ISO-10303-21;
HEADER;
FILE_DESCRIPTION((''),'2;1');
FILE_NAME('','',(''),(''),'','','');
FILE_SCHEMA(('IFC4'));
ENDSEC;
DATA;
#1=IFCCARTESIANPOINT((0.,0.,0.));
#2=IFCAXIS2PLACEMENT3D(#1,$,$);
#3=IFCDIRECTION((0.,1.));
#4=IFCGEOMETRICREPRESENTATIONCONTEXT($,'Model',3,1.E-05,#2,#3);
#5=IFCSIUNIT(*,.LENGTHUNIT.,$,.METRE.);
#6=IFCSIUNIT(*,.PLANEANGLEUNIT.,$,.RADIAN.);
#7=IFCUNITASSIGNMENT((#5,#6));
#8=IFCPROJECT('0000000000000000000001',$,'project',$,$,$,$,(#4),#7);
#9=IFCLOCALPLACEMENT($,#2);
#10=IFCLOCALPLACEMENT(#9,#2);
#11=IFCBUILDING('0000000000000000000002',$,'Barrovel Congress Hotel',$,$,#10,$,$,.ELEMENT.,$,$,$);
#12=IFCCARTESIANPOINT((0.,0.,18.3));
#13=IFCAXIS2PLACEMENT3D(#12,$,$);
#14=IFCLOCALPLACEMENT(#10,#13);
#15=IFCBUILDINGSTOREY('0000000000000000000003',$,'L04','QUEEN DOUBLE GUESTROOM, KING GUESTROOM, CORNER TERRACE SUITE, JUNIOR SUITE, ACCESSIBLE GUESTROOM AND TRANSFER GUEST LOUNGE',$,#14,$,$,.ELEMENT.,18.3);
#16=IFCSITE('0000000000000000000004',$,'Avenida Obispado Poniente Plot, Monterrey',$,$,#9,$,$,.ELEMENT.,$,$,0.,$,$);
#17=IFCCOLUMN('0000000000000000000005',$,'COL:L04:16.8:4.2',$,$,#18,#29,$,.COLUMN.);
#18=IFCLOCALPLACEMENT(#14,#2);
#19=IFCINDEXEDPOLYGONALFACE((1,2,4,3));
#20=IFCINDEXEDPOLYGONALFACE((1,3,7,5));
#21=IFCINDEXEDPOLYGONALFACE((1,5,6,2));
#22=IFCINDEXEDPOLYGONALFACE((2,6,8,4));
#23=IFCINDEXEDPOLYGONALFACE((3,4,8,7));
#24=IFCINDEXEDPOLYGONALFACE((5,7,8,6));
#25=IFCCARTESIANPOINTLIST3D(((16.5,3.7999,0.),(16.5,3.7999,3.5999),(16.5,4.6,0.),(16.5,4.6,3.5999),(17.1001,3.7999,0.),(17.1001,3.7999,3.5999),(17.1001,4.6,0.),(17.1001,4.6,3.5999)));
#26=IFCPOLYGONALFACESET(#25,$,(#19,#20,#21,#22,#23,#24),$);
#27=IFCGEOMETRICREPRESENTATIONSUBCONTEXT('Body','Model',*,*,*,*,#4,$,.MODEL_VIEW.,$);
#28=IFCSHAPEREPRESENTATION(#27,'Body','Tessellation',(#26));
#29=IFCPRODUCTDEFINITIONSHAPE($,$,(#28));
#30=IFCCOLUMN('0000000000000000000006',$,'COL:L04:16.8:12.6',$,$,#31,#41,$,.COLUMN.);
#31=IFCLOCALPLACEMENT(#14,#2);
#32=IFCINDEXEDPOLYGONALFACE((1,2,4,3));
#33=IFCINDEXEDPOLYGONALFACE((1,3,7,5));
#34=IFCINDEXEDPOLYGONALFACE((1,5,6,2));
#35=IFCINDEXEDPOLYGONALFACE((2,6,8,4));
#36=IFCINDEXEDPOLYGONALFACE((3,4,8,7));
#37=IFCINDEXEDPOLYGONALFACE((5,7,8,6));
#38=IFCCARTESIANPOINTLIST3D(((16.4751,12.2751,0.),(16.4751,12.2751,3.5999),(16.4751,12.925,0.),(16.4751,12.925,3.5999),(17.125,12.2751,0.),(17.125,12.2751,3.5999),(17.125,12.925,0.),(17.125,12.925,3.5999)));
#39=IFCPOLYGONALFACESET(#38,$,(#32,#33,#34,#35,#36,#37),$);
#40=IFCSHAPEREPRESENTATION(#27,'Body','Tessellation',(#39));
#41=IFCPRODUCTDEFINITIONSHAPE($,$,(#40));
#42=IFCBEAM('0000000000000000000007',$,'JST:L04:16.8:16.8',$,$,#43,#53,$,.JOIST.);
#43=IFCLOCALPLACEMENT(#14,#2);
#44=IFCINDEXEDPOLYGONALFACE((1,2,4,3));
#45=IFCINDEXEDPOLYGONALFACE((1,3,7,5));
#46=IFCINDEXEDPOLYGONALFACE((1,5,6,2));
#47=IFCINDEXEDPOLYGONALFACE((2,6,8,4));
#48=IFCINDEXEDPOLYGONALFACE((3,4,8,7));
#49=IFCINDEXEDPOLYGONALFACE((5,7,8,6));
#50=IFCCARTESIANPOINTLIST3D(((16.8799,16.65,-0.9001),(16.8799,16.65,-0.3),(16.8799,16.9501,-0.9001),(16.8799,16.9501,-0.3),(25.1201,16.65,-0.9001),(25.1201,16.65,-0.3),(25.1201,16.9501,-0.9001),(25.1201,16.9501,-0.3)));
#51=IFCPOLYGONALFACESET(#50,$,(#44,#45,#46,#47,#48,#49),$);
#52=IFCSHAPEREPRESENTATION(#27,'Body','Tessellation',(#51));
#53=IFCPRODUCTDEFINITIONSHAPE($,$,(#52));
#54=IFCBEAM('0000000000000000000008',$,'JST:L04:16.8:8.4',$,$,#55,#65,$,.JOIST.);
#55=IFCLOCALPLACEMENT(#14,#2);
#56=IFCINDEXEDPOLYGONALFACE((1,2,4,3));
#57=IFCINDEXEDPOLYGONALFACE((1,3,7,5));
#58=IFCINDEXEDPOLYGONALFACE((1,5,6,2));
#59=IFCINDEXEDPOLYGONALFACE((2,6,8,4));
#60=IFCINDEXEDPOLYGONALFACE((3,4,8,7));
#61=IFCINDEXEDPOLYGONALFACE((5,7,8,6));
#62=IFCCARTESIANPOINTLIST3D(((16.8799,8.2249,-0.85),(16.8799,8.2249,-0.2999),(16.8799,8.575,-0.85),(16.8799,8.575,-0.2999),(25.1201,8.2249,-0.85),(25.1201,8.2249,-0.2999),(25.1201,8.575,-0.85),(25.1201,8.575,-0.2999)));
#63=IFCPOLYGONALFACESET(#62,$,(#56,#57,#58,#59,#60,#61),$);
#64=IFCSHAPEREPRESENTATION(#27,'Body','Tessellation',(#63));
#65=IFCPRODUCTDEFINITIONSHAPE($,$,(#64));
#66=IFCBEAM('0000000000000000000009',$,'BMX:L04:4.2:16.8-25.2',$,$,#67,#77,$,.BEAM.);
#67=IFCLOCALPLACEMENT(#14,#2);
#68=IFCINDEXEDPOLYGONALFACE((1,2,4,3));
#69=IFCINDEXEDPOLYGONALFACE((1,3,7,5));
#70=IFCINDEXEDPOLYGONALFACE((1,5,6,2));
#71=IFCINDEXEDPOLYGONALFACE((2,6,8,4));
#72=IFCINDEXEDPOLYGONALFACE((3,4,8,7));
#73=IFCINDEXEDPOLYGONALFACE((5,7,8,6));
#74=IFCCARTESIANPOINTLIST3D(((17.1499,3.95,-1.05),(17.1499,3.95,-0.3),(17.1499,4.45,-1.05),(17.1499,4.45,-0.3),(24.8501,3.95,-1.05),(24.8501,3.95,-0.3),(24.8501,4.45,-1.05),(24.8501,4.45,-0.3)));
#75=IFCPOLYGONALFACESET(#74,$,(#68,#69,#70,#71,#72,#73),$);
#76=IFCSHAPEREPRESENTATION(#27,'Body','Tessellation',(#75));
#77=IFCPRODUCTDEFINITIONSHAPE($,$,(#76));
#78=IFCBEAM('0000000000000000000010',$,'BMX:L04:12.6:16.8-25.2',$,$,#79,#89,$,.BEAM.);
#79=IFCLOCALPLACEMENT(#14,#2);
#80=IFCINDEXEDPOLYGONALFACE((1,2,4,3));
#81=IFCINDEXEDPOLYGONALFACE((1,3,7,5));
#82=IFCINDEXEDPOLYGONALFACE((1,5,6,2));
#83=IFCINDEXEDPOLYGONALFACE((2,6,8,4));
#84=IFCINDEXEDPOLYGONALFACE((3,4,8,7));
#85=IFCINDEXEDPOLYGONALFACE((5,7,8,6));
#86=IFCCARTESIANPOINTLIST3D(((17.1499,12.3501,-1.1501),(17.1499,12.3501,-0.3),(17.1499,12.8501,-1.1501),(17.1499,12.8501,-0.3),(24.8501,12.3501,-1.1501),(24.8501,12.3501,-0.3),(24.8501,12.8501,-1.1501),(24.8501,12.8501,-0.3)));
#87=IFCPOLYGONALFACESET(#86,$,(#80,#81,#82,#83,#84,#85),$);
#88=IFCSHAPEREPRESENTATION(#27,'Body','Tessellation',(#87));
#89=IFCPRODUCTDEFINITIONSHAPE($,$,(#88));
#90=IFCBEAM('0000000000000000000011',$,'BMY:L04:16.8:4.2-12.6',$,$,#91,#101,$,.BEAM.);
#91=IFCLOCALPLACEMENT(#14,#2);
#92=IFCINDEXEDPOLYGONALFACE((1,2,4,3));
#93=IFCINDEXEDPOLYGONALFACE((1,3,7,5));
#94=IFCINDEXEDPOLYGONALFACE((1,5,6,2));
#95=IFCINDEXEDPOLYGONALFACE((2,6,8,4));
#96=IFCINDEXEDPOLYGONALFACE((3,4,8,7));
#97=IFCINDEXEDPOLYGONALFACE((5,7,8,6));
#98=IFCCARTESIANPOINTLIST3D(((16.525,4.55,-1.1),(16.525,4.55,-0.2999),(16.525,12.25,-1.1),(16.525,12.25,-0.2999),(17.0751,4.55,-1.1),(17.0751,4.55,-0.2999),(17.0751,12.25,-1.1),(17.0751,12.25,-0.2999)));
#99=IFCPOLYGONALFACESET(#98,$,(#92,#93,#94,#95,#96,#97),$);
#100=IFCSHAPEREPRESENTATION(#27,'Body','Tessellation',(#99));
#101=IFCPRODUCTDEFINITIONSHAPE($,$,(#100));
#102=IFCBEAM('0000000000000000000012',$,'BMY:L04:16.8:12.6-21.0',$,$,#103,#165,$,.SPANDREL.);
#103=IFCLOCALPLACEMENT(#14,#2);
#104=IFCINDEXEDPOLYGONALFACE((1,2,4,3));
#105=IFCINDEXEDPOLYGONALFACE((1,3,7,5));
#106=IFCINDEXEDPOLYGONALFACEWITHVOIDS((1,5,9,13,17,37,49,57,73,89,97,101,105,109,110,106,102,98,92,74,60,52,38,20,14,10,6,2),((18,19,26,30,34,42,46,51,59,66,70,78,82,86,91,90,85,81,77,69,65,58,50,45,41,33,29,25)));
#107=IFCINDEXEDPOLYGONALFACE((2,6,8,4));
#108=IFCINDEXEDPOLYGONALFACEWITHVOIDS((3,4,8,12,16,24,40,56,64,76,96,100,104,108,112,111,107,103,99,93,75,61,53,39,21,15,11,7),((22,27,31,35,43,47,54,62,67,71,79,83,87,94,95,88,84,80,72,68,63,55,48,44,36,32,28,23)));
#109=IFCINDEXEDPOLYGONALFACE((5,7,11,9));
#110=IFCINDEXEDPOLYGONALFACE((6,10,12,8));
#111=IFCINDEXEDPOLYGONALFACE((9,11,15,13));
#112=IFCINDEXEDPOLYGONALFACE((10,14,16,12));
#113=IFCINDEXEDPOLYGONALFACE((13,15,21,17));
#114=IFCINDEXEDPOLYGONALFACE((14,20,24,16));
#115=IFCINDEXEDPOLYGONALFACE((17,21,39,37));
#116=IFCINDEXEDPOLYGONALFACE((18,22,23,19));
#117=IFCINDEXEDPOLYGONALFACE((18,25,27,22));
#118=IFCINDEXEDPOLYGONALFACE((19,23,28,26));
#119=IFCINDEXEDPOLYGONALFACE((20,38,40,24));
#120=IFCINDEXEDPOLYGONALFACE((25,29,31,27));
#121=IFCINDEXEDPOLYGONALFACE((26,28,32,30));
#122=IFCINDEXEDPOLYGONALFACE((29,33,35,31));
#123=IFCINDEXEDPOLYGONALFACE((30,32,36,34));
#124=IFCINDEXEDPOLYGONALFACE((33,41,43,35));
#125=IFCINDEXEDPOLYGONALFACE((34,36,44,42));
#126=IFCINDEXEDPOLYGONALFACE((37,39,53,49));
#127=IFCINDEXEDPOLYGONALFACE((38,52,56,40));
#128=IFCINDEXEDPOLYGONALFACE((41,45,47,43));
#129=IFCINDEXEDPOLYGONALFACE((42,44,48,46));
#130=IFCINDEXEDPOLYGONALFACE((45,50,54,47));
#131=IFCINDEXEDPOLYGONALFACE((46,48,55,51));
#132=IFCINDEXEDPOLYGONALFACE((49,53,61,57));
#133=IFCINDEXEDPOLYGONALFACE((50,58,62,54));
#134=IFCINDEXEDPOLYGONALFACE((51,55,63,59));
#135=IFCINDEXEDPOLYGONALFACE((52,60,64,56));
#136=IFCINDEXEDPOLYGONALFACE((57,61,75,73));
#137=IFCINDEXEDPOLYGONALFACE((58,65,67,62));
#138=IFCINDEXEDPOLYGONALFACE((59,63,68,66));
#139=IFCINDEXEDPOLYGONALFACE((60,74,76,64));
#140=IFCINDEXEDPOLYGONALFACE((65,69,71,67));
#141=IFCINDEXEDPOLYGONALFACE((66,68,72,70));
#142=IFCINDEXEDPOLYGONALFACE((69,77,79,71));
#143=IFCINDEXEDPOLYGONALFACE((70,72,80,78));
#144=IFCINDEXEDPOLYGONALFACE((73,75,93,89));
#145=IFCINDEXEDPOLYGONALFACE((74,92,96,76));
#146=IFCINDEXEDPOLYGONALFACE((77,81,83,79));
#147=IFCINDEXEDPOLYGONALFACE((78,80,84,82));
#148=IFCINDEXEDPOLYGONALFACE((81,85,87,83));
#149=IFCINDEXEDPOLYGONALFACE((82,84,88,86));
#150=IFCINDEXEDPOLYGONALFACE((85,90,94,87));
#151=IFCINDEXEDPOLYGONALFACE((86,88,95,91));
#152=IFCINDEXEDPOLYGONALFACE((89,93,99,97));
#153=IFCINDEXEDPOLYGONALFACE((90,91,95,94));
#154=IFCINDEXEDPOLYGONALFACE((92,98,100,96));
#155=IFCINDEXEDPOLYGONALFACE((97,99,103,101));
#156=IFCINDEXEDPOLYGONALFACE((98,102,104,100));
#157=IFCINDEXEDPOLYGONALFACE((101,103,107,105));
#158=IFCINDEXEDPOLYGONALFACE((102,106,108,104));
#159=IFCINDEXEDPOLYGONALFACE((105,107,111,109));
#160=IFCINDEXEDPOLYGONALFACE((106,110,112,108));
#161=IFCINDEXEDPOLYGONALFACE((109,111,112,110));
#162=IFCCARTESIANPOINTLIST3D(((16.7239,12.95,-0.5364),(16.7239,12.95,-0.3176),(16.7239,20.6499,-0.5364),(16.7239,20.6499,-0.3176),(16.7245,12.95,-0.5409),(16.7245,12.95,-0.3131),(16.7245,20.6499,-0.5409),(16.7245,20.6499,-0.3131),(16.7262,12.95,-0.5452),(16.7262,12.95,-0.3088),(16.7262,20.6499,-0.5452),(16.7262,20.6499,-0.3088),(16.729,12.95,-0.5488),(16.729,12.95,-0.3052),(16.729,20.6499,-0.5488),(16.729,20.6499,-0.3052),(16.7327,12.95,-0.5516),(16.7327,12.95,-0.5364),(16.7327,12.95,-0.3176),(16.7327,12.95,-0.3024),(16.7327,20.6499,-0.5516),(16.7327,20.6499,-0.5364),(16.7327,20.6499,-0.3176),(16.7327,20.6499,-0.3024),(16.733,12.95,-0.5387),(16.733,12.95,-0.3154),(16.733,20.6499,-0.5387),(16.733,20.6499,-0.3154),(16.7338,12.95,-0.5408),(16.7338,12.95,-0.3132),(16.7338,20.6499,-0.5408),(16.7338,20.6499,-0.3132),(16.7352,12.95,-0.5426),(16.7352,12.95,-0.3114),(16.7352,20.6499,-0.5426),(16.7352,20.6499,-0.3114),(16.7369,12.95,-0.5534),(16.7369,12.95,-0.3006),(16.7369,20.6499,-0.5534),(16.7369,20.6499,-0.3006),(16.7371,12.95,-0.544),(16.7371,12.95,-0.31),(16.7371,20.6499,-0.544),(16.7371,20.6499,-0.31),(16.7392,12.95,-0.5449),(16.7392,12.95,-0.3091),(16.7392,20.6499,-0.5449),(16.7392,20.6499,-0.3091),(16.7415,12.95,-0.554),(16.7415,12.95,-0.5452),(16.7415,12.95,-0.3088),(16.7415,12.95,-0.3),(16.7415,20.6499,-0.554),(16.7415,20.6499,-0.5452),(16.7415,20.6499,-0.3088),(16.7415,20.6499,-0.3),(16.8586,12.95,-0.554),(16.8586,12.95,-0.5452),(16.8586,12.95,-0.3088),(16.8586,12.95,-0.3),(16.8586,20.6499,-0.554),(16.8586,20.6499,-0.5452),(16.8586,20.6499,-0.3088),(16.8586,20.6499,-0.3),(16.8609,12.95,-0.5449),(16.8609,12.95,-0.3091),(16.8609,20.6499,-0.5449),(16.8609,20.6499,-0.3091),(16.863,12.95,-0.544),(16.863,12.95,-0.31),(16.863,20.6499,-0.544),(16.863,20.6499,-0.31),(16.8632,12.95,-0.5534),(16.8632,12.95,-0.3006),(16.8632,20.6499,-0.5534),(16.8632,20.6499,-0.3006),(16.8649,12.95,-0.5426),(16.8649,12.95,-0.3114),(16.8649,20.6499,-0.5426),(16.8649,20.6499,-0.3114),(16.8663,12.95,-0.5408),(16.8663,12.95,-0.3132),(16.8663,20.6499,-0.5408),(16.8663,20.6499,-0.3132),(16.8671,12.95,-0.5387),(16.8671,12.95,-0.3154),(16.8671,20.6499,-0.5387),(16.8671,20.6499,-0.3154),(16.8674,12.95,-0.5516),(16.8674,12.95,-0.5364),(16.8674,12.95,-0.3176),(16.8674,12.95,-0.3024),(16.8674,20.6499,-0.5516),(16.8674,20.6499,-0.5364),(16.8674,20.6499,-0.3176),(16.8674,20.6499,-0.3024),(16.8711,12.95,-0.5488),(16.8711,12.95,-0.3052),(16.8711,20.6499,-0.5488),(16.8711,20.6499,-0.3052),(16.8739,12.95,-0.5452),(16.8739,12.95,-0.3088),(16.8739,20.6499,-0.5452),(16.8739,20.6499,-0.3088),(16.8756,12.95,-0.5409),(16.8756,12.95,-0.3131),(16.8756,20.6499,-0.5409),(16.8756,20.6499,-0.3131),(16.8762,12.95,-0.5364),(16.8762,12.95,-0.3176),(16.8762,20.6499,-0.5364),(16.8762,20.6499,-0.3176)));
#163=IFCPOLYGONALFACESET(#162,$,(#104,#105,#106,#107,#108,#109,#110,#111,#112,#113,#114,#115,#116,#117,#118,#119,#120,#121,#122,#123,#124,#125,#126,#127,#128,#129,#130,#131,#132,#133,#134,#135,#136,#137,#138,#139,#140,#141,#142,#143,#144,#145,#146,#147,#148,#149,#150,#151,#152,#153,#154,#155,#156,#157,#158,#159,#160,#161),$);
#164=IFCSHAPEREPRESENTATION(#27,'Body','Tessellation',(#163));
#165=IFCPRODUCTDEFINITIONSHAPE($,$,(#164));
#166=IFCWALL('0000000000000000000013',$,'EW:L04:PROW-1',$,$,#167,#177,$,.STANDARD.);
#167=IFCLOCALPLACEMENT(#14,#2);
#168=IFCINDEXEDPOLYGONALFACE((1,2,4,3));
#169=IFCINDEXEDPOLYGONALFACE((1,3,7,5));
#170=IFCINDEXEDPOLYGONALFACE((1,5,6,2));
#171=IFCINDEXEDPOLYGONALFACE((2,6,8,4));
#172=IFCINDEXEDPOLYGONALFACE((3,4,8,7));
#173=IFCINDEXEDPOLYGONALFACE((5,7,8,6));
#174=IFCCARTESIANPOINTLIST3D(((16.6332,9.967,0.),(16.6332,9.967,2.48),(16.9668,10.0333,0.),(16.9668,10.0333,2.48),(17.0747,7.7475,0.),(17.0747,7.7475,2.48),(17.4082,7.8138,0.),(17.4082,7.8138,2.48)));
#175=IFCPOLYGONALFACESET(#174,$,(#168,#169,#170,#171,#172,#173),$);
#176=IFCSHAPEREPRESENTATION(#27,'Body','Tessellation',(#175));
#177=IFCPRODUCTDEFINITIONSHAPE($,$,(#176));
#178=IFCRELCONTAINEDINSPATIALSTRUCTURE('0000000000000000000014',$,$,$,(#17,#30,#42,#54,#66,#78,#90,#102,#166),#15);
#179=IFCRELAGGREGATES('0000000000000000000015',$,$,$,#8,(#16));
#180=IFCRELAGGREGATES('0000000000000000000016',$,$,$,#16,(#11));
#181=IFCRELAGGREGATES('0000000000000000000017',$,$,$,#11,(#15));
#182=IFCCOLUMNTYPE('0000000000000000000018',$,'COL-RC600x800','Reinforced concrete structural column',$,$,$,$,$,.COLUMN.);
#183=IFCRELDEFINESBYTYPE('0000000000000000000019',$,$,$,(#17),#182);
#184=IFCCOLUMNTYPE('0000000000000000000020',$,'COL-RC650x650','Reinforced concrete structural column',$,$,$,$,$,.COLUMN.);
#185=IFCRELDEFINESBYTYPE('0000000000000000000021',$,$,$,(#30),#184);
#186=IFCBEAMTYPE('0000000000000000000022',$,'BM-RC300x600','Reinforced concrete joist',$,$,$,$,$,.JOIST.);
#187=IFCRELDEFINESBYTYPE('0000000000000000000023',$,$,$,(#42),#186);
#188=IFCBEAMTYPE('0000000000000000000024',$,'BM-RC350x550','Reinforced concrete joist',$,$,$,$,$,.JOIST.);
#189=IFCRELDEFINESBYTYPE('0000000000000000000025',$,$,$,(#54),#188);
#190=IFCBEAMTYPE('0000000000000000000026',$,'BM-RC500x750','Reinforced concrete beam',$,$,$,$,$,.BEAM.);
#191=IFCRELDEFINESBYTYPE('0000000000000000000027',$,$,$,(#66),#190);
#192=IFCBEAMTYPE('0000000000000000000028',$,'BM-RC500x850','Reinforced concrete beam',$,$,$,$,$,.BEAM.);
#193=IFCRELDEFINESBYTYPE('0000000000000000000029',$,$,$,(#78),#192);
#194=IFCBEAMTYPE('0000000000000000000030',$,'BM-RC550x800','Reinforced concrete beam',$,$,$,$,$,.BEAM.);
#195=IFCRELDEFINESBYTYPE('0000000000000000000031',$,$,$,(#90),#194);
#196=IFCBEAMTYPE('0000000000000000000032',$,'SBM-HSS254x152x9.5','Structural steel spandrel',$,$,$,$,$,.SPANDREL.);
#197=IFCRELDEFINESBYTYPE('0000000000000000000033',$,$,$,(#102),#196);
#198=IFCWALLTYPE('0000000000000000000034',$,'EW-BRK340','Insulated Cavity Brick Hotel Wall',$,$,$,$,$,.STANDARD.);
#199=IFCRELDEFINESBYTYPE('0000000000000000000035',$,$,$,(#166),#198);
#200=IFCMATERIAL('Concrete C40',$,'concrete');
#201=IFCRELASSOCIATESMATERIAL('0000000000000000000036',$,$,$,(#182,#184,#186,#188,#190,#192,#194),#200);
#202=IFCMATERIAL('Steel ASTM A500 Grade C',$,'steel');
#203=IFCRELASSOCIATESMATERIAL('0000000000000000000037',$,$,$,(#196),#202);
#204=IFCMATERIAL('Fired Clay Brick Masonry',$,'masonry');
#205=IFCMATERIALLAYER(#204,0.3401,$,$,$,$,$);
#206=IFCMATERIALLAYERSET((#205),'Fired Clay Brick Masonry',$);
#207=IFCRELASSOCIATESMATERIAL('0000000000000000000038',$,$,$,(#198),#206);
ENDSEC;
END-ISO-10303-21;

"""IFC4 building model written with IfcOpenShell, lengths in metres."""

from ifc_helpers import new_model, si_unit, direction, frame, frame_2d, origin, origin_2d, place, context, subcontext, project, spatial, rectangle, hollow_rectangle, extrude, material, layer, layer_set, material_profile, profile_set, type_object, element, save


model = new_model("IFC4")

# Units and contexts
model_context = context("Model", 3, precision=1e-05, world=origin(), true_north=direction((0.0, 1.0)))
body_context = subcontext(model_context, "Body", "Model", "MODEL_VIEW")
ifc_project = project(units=[si_unit("LENGTHUNIT", "METRE"), si_unit("PLANEANGLEUNIT", "RADIAN")], contexts=[model_context])

# Site, building, storey
site_placement = place(None, origin())
site = spatial("IfcSite", under=ifc_project, at=site_placement, Name="Avenida Obispado Poniente Plot, Monterrey", CompositionType="ELEMENT", RefElevation=0.0)
building_placement = place(site_placement, origin())
building = spatial("IfcBuilding", under=site, at=building_placement, Name="Barrovel Congress Hotel", CompositionType="ELEMENT")
storey_placement = place(building_placement, frame((0.0, 0.0, 18.3)))
storey = spatial("IfcBuildingStorey", under=building, at=storey_placement, Name="L04", Description="QUEEN DOUBLE GUESTROOM, KING GUESTROOM, CORNER TERRACE SUITE, JUNIOR SUITE, ACCESSIBLE GUESTROOM AND TRANSFER GUEST LOUNGE", CompositionType="ELEMENT", Elevation=18.3)

# Columns
ifc_material_1 = material(Name="Concrete C40", Category="concrete")
ifc_material_profile_1 = material_profile(ifc_material_1, rectangle(XDim=0.6001, YDim=0.8, at=origin_2d()), Name="RC600x800")
ifc_profile_set_1 = profile_set([ifc_material_profile_1], Name="Concrete C40")
column_type_1 = type_object("IfcColumnType", Name="COL-RC600x800", Description="Reinforced concrete structural column", PredefinedType="COLUMN", material=ifc_profile_set_1)
column_1_placement = place(storey_placement, frame((16.8, 4.2, 0.0), z_axis=(0.0, 0.0, 1.0), x_axis=(1.0, 0.0, 0.0)))
element("IfcColumn", 1, at=column_1_placement, inside=storey, type_object=column_type_1, Name="COL:L04:16.8:4.2", PredefinedType="COLUMN", context=body_context, shape_type="SweptSolid", body=[
    extrude(rectangle(XDim=0.6001, YDim=0.8, at=origin_2d()), origin(), (0.0, 0.0, 1.0), 3.5999),
])
ifc_material_profile_2 = material_profile(ifc_material_1, rectangle(XDim=0.6499, YDim=0.6499, at=origin_2d()), Name="RC650x650")
ifc_profile_set_2 = profile_set([ifc_material_profile_2], Name="Concrete C40")
column_type_2 = type_object("IfcColumnType", Name="COL-RC650x650", Description="Reinforced concrete structural column", PredefinedType="COLUMN", material=ifc_profile_set_2)
column_2_placement = place(storey_placement, frame((16.8, 12.6001, 0.0), z_axis=(0.0, 0.0, 1.0), x_axis=(1.0, 0.0, 0.0)))
element("IfcColumn", 2, at=column_2_placement, inside=storey, type_object=column_type_2, Name="COL:L04:16.8:12.6", PredefinedType="COLUMN", context=body_context, shape_type="SweptSolid", body=[
    extrude(rectangle(XDim=0.6499, YDim=0.6499, at=origin_2d()), origin(), (0.0, 0.0, 1.0), 3.5999),
])

# Beams
ifc_material_profile_3 = material_profile(ifc_material_1, rectangle(XDim=0.3, YDim=0.6001, at=origin_2d()), Name="RC300x600")
ifc_profile_set_3 = profile_set([ifc_material_profile_3], Name="Concrete C40")
beam_type_1 = type_object("IfcBeamType", Name="BM-RC300x600", Description="Reinforced concrete joist", PredefinedType="JOIST", material=ifc_profile_set_3)
beam_1_placement = place(storey_placement, frame((16.8799, 16.8, -0.6001), z_axis=(1.0, 0.0, 0.0), x_axis=(0.0, 1.0, 0.0)))
element("IfcBeam", 3, at=beam_1_placement, inside=storey, type_object=beam_type_1, Name="JST:L04:16.8:16.8", PredefinedType="JOIST", context=body_context, shape_type="SweptSolid", body=[
    extrude(rectangle(XDim=0.3, YDim=0.6001, at=origin_2d()), origin(), (0.0, 0.0, 1.0), 8.2402),
])
ifc_material_profile_4 = material_profile(ifc_material_1, rectangle(XDim=0.3501, YDim=0.55, at=origin_2d()), Name="RC350x550")
ifc_profile_set_4 = profile_set([ifc_material_profile_4], Name="Concrete C40")
beam_type_2 = type_object("IfcBeamType", Name="BM-RC350x550", Description="Reinforced concrete joist", PredefinedType="JOIST", material=ifc_profile_set_4)
beam_2_placement = place(storey_placement, frame((16.8799, 8.3999, -0.575), z_axis=(1.0, 0.0, 0.0), x_axis=(0.0, 1.0, 0.0)))
element("IfcBeam", 4, at=beam_2_placement, inside=storey, type_object=beam_type_2, Name="JST:L04:16.8:8.4", PredefinedType="JOIST", context=body_context, shape_type="SweptSolid", body=[
    extrude(rectangle(XDim=0.3501, YDim=0.55, at=origin_2d()), origin(), (0.0, 0.0, 1.0), 8.2402),
])
ifc_material_profile_5 = material_profile(ifc_material_1, rectangle(XDim=0.5, YDim=0.75, at=origin_2d()), Name="RC500x750")
ifc_profile_set_5 = profile_set([ifc_material_profile_5], Name="Concrete C40")
beam_type_3 = type_object("IfcBeamType", Name="BM-RC500x750", Description="Reinforced concrete beam", PredefinedType="BEAM", material=ifc_profile_set_5)
beam_3_placement = place(storey_placement, frame((17.1499, 4.2, -0.675), z_axis=(1.0, 0.0, 0.0), x_axis=(0.0, 1.0, 0.0)))
element("IfcBeam", 5, at=beam_3_placement, inside=storey, type_object=beam_type_3, Name="BMX:L04:4.2:16.8-25.2", PredefinedType="BEAM", context=body_context, shape_type="SweptSolid", body=[
    extrude(rectangle(XDim=0.5, YDim=0.75, at=origin_2d()), origin(), (0.0, 0.0, 1.0), 7.7002),
])
ifc_material_profile_6 = material_profile(ifc_material_1, rectangle(XDim=0.5, YDim=0.8501, at=origin_2d()), Name="RC500x850")
ifc_profile_set_6 = profile_set([ifc_material_profile_6], Name="Concrete C40")
beam_type_4 = type_object("IfcBeamType", Name="BM-RC500x850", Description="Reinforced concrete beam", PredefinedType="BEAM", material=ifc_profile_set_6)
beam_4_placement = place(storey_placement, frame((17.1499, 12.6001, -0.7251), z_axis=(1.0, 0.0, 0.0), x_axis=(0.0, 1.0, 0.0)))
element("IfcBeam", 6, at=beam_4_placement, inside=storey, type_object=beam_type_4, Name="BMX:L04:12.6:16.8-25.2", PredefinedType="BEAM", context=body_context, shape_type="SweptSolid", body=[
    extrude(rectangle(XDim=0.5, YDim=0.8501, at=origin_2d()), origin(), (0.0, 0.0, 1.0), 7.7002),
])
ifc_material_profile_7 = material_profile(ifc_material_1, rectangle(XDim=0.55, YDim=0.8, at=origin_2d()), Name="RC550x800")
ifc_profile_set_7 = profile_set([ifc_material_profile_7], Name="Concrete C40")
beam_type_5 = type_object("IfcBeamType", Name="BM-RC550x800", Description="Reinforced concrete beam", PredefinedType="BEAM", material=ifc_profile_set_7)
beam_5_placement = place(storey_placement, frame((16.8, 4.55, -0.7), z_axis=(0.0, 1.0, 0.0), x_axis=(-1.0, 0.0, 0.0)))
element("IfcBeam", 7, at=beam_5_placement, inside=storey, type_object=beam_type_5, Name="BMY:L04:16.8:4.2-12.6", PredefinedType="BEAM", context=body_context, shape_type="SweptSolid", body=[
    extrude(rectangle(XDim=0.55, YDim=0.8, at=origin_2d()), origin(), (0.0, 0.0, 1.0), 7.7),
])
ifc_material_2 = material(Name="Steel ASTM A500 Grade C", Category="steel")
ifc_material_profile_8 = material_profile(ifc_material_2, hollow_rectangle(XDim=0.1523, YDim=0.2539, WallThickness=0.0088, InnerFilletRadius=0.0088, OuterFilletRadius=0.0176, at=origin_2d()), Name="HSS254x152x9.5")
ifc_profile_set_8 = profile_set([ifc_material_profile_8], Name="Steel ASTM A500 Grade C")
beam_type_6 = type_object("IfcBeamType", Name="SBM-HSS254x152x9.5", Description="Structural steel spandrel", PredefinedType="SPANDREL", material=ifc_profile_set_8)
beam_6_placement = place(storey_placement, frame((16.8, 12.95, -0.427), z_axis=(0.0, 1.0, 0.0), x_axis=(-1.0, 0.0, 0.0)))
element("IfcBeam", 8, at=beam_6_placement, inside=storey, type_object=beam_type_6, Name="BMY:L04:16.8:12.6-21.0", PredefinedType="SPANDREL", context=body_context, shape_type="SweptSolid", body=[
    extrude(hollow_rectangle(XDim=0.1523, YDim=0.2539, WallThickness=0.0088, InnerFilletRadius=0.0088, OuterFilletRadius=0.0176, at=origin_2d()), origin(), (0.0, 0.0, 1.0), 7.7),
])

# Wall
ifc_material_3 = material(Name="Fired Clay Brick Masonry", Category="masonry")
ifc_layer_1 = layer(ifc_material_3, 0.3401)
ifc_layer_set_1 = layer_set([ifc_layer_1], Name="Fired Clay Brick Masonry")
wall_type_1 = type_object("IfcWallType", Name="EW-BRK340", Description="Insulated Cavity Brick Hotel Wall", PredefinedType="STANDARD", material=ifc_layer_set_1)
wall_1_placement = place(storey_placement, frame((16.8, 10.0, 0.0), z_axis=(0.0, 0.0, 1.0), x_axis=(0.195058, -0.980792, 0.0)))
element("IfcWall", 9, at=wall_1_placement, inside=storey, type_object=wall_type_1, Name="EW:L04:PROW-1", PredefinedType="STANDARD", context=body_context, shape_type="SweptSolid", body=[
    extrude(rectangle(XDim=2.2629, YDim=0.3401, at=frame_2d((1.1313, 0.0))), origin(), (0.0, 0.0, 1.0), 2.48),
])

save(model, "model.ifc")
